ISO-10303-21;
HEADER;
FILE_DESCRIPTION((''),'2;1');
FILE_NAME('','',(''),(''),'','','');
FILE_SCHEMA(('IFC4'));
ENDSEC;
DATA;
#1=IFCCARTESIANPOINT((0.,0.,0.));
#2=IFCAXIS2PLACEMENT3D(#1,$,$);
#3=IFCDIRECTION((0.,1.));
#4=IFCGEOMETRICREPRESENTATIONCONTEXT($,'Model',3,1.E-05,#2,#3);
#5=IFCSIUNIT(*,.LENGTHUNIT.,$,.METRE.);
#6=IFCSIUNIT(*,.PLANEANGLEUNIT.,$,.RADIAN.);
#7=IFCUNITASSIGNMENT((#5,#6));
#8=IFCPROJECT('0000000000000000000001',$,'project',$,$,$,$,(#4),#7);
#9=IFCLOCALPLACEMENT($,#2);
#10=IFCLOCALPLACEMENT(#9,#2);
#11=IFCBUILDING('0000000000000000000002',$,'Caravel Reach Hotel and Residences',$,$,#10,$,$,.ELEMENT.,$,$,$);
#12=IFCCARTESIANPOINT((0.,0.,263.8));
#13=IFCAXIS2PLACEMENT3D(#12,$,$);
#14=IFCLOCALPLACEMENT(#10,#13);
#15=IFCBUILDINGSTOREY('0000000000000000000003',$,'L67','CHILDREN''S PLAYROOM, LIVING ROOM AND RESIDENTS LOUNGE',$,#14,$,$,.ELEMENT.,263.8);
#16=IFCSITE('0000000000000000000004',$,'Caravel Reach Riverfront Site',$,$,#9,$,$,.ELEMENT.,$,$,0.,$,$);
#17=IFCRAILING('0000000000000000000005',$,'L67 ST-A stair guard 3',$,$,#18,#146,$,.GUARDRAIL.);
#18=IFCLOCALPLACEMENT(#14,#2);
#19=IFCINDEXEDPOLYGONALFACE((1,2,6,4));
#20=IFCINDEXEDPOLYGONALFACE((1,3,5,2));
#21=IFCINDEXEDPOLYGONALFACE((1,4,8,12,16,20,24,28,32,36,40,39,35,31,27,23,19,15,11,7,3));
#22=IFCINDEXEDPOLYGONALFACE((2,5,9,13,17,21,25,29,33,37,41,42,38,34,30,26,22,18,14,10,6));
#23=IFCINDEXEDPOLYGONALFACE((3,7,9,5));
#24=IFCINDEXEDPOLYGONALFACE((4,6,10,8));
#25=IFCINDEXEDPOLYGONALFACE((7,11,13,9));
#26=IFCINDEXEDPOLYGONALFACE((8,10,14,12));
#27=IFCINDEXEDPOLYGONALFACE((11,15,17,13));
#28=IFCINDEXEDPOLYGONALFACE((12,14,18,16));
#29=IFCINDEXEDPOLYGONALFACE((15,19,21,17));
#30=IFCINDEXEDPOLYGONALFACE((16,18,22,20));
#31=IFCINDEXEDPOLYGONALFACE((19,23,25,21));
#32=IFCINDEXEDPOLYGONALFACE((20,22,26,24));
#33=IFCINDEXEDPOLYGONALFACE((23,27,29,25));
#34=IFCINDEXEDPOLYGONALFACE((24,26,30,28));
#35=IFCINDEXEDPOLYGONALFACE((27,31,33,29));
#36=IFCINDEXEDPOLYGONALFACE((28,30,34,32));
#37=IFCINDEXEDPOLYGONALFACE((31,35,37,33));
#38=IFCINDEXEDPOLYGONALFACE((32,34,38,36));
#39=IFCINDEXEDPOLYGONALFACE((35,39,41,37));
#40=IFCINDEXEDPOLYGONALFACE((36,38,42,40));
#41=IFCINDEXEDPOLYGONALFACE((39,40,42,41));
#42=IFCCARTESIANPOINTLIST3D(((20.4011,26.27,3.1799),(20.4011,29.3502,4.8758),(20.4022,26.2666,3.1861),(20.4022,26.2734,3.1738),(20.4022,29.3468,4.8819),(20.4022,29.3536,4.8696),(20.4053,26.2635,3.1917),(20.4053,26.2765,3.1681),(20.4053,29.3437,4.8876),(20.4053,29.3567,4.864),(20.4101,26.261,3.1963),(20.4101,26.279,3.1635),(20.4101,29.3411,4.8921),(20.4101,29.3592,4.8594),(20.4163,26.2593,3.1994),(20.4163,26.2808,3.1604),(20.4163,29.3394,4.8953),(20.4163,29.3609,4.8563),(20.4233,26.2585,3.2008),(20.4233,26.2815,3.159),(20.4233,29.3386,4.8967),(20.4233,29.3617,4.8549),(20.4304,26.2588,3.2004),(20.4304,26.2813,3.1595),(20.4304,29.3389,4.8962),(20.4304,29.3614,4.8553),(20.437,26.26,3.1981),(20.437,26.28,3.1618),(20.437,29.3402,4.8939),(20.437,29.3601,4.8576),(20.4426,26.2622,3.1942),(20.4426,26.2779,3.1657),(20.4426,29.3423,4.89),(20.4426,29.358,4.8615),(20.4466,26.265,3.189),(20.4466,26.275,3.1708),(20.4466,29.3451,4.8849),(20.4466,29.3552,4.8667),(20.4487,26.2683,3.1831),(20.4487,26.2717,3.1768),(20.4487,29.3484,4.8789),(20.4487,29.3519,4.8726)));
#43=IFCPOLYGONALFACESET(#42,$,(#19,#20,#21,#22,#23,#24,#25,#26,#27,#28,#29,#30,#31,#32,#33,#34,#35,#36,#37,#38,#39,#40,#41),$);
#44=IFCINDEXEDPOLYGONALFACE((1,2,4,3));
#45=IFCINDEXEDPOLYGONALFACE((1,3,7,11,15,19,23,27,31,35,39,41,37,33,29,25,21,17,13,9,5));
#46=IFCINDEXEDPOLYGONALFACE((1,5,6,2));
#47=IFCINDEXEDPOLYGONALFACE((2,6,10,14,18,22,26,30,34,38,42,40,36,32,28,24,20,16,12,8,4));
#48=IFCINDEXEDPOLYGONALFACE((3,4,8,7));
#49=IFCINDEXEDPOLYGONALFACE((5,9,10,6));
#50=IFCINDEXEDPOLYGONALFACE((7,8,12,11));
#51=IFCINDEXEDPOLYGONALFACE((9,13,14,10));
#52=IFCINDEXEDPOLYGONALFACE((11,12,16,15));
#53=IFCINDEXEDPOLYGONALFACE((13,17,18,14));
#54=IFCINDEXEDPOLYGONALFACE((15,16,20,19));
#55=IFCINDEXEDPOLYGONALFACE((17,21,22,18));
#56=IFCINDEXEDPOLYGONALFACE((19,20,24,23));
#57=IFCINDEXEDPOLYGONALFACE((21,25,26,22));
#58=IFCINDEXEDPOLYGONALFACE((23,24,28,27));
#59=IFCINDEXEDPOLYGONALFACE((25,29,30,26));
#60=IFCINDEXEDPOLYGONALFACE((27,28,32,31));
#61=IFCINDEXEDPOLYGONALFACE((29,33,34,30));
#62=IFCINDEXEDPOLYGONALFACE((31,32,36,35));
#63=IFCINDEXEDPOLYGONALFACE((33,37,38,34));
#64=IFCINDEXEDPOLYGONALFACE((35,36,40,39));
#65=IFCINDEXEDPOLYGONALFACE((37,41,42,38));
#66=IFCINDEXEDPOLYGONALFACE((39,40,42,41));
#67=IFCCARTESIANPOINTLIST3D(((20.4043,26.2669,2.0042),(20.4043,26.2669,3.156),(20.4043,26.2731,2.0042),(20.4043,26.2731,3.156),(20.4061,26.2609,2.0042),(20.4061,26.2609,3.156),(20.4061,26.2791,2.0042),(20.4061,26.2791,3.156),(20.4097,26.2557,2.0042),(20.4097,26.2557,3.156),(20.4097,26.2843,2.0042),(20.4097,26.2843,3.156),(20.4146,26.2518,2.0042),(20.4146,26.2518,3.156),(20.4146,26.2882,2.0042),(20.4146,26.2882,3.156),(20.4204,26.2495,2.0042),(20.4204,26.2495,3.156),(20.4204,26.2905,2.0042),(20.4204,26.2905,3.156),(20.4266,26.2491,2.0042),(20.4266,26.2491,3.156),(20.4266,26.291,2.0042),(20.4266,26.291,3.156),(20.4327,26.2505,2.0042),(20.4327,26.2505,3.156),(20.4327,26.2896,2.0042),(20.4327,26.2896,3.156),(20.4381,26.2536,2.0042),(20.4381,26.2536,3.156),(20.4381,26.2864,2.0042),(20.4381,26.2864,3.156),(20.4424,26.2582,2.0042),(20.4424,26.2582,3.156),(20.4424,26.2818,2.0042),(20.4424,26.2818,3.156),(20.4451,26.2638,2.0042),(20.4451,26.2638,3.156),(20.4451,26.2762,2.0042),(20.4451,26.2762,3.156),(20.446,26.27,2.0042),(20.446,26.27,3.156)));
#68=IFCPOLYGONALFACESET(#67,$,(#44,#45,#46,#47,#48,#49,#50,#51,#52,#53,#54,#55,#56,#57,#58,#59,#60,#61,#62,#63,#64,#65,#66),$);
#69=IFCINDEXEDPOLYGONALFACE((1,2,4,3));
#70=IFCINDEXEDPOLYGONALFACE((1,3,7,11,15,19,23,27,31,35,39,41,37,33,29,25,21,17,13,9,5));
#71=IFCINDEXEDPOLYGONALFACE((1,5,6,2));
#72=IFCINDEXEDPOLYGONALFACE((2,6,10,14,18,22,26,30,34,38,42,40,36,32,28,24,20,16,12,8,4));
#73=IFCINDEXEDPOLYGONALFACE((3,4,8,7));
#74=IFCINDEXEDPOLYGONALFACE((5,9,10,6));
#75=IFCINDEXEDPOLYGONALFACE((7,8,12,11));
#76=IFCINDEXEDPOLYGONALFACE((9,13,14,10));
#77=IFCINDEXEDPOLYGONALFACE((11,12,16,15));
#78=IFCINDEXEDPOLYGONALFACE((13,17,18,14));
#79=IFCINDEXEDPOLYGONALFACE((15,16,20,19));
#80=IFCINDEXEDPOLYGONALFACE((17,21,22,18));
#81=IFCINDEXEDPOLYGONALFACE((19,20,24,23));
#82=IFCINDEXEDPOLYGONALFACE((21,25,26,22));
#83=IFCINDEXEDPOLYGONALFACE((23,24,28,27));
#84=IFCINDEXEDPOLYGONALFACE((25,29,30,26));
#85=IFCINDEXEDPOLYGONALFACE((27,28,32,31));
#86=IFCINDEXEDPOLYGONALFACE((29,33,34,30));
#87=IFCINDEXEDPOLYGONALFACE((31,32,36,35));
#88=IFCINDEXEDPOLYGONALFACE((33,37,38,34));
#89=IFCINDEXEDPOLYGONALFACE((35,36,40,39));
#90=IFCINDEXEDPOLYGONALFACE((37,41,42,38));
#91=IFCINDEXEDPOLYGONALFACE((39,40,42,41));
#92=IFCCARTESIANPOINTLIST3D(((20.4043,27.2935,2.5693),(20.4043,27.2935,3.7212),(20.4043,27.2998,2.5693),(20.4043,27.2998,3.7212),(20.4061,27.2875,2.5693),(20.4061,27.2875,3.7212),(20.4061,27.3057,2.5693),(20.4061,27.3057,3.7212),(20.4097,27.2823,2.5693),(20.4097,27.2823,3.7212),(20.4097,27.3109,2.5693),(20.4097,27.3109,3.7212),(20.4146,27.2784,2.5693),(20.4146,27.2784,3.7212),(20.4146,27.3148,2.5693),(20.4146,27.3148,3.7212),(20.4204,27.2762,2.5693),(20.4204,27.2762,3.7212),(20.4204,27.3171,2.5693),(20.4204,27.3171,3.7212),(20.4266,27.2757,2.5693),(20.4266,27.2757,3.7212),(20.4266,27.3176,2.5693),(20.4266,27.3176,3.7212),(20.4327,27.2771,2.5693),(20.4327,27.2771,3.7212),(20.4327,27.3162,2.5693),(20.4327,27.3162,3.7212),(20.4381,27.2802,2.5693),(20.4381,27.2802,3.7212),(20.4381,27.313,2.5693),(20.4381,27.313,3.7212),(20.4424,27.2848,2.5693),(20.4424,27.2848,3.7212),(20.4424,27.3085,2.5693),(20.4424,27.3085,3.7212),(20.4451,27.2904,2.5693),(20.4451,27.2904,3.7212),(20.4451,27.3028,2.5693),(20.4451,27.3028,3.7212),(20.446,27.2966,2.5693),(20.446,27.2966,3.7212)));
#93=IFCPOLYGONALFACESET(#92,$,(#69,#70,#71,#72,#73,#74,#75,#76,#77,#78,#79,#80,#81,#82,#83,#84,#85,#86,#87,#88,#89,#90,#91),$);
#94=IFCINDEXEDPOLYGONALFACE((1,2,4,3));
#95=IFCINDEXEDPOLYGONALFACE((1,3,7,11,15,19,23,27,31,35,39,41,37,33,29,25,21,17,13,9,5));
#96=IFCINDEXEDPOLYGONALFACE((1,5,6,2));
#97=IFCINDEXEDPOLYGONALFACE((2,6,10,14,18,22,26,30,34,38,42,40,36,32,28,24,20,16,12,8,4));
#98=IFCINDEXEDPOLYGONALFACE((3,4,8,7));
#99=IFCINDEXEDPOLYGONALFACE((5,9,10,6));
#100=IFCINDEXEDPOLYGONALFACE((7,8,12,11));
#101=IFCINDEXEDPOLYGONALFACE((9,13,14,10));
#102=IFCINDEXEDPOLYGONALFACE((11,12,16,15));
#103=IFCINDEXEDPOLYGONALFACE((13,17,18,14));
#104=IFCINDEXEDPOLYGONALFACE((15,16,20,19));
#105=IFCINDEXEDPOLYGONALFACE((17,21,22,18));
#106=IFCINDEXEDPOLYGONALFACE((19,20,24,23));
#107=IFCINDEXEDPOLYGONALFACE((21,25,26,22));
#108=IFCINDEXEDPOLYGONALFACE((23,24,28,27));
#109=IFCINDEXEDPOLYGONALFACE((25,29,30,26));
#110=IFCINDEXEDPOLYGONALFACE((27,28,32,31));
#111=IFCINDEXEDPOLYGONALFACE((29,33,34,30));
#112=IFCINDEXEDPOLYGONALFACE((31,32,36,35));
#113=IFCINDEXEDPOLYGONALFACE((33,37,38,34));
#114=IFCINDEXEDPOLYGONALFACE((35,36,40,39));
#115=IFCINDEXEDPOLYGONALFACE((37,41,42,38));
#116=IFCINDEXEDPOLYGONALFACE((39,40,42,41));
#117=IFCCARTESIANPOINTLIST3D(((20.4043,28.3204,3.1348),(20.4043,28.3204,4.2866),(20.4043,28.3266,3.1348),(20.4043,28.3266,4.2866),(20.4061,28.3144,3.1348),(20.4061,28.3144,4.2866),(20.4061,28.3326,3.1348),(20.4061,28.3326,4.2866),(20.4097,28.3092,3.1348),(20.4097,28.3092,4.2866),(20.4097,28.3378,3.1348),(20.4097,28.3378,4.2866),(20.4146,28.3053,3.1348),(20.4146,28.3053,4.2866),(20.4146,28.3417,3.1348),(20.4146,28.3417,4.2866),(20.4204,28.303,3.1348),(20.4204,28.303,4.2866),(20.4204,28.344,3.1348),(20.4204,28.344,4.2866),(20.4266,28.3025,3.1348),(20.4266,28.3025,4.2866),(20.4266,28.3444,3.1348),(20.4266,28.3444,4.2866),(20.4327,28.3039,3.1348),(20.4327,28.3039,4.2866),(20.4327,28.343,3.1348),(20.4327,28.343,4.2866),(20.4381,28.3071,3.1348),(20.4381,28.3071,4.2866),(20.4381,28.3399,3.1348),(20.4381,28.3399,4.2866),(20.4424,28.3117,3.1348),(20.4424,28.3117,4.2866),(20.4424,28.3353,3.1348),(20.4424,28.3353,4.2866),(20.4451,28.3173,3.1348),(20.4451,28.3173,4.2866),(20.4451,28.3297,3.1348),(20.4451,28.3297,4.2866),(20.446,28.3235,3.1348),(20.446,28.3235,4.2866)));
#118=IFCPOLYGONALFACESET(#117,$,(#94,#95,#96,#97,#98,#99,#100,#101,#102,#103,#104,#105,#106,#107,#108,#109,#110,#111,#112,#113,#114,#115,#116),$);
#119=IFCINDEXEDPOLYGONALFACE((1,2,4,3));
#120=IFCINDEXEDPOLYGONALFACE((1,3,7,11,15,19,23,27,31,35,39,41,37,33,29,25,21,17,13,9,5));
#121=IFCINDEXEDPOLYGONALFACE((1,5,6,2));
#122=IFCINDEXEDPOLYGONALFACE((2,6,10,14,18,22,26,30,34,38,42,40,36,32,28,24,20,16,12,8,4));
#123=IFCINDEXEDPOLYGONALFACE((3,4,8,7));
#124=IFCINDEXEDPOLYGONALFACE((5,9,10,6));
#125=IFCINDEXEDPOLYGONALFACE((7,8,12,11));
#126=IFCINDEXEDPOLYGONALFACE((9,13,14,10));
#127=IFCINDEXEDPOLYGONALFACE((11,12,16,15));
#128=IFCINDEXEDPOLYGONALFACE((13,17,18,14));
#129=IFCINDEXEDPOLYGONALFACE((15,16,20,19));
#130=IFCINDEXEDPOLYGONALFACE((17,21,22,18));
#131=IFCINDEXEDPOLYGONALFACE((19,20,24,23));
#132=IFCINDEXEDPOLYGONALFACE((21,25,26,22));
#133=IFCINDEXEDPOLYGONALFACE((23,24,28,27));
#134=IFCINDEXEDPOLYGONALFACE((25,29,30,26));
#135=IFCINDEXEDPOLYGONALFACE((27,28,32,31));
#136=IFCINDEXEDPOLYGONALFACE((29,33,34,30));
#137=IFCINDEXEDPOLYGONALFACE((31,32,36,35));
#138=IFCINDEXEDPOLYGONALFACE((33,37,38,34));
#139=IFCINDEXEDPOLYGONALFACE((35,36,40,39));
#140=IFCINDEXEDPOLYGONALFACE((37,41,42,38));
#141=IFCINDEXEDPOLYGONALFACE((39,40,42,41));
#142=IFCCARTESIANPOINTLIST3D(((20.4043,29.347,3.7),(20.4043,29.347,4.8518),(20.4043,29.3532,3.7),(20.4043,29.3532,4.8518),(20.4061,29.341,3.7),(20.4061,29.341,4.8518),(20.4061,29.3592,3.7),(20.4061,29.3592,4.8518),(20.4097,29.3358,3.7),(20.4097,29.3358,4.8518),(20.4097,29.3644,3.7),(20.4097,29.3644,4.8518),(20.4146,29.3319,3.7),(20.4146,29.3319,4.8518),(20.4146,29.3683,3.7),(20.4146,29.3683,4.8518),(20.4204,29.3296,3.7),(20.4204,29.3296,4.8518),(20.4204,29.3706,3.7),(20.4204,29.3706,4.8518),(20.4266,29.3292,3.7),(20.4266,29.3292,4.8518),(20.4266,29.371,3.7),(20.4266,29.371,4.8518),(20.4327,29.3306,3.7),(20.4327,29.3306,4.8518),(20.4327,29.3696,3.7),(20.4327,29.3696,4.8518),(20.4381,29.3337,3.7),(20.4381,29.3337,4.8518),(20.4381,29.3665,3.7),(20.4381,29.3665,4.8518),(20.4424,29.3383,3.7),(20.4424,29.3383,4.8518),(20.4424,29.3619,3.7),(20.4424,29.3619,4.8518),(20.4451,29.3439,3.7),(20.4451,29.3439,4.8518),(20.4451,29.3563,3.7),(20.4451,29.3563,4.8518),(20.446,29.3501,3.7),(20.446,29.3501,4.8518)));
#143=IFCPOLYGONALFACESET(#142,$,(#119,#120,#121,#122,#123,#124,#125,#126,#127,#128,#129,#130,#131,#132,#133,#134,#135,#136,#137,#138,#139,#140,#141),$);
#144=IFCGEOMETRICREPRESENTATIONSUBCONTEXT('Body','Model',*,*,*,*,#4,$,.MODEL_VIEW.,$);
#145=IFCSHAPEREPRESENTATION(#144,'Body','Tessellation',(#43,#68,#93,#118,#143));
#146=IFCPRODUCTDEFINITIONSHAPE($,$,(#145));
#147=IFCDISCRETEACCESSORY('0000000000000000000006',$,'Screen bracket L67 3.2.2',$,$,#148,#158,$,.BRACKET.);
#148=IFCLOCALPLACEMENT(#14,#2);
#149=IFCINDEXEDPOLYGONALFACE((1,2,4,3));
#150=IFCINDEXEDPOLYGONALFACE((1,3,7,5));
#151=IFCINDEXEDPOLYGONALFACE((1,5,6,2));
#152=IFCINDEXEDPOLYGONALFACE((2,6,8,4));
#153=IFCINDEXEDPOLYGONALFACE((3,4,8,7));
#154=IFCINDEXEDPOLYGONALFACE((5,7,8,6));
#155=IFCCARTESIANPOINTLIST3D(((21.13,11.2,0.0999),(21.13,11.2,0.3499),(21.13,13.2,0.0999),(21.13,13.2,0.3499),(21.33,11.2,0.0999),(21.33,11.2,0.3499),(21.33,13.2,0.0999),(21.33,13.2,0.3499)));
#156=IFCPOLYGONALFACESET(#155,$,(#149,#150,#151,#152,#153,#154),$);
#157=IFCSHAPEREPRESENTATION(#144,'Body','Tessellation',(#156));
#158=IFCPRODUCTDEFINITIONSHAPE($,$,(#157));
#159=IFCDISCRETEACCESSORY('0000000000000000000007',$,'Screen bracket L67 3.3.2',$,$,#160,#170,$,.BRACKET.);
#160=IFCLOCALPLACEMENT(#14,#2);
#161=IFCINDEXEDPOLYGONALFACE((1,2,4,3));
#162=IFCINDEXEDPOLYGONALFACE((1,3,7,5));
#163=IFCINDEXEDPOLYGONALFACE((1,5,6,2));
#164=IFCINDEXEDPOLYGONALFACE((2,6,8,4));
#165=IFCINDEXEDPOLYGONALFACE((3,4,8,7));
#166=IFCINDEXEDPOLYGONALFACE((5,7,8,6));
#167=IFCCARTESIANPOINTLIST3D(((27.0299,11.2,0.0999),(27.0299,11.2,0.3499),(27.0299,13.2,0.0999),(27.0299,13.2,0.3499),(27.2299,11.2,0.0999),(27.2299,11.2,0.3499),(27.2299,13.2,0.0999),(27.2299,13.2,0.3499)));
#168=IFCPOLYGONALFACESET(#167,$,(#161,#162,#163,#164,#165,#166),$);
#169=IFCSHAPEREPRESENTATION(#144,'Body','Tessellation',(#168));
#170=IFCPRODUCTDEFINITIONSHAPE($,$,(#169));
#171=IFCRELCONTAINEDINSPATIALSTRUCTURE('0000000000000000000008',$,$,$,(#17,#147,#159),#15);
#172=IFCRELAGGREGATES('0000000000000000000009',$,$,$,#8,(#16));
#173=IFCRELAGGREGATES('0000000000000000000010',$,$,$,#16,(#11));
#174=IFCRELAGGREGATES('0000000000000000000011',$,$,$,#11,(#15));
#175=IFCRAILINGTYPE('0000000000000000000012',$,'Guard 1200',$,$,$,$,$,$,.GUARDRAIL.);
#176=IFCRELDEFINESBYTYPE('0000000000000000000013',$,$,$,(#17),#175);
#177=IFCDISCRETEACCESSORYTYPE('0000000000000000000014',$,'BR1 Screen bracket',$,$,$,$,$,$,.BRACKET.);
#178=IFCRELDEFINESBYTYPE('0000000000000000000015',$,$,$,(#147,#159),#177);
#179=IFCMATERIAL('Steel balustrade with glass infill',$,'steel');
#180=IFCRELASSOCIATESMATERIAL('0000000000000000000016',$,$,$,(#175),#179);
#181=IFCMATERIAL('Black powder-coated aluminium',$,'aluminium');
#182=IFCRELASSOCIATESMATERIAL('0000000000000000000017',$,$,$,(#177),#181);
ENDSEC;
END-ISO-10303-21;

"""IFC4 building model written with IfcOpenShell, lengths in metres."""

from ifc_helpers import new_model, si_unit, direction, frame, origin, origin_2d, place, context, subcontext, project, spatial, rectangle, circle, extrude, material, type_object, element, save


model = new_model("IFC4")

# Units and contexts
model_context = context("Model", 3, precision=1e-05, world=origin(), true_north=direction((0.0, 1.0)))
body_context = subcontext(model_context, "Body", "Model", "MODEL_VIEW")
ifc_project = project(units=[si_unit("LENGTHUNIT", "METRE"), si_unit("PLANEANGLEUNIT", "RADIAN")], contexts=[model_context])

# Site, building, storey
site_placement = place(None, origin())
site = spatial("IfcSite", under=ifc_project, at=site_placement, Name="Caravel Reach Riverfront Site", CompositionType="ELEMENT", RefElevation=0.0)
building_placement = place(site_placement, origin())
building = spatial("IfcBuilding", under=site, at=building_placement, Name="Caravel Reach Hotel and Residences", CompositionType="ELEMENT")
storey_placement = place(building_placement, frame((0.0, 0.0, 263.8)))
storey = spatial("IfcBuildingStorey", under=building, at=storey_placement, Name="L67", Description="CHILDREN'S PLAYROOM, LIVING ROOM AND RESIDENTS LOUNGE", CompositionType="ELEMENT", Elevation=263.8)

# Railing
ifc_material_1 = material(Name="Steel balustrade with glass infill", Category="steel")
railing_type = type_object("IfcRailingType", Name="Guard 1200", PredefinedType="GUARDRAIL", material=ifc_material_1)
railing_1_placement = place(storey_placement, frame((20.425, 26.27, 2.0042)))
element("IfcRailing", 1, at=railing_1_placement, inside=storey, type_object=railing_type, Name="L67 ST-A stair guard 3", PredefinedType="GUARDRAIL", context=body_context, shape_type="SweptSolid", body=[
    extrude(circle(Radius=0.0239, at=origin_2d()), frame((0.0, 0.0, 1.1758), z_axis=(0.0, 0.876005, 0.482303), x_axis=(-1.0, 0.0, 0.0)), (0.0, 0.0, 1.0), 3.5161),
    extrude(circle(Radius=0.021, at=origin_2d()), origin(), (0.0, 0.0, 1.0), 1.1519),
    extrude(circle(Radius=0.021, at=origin_2d()), frame((0.0, 1.0266, 0.5652)), (0.0, 0.0, 1.0), 1.1519),
    extrude(circle(Radius=0.021, at=origin_2d()), frame((0.0, 2.0535, 1.1306)), (0.0, 0.0, 1.0), 1.1519),
    extrude(circle(Radius=0.021, at=origin_2d()), frame((0.0, 3.0801, 1.6958)), (0.0, 0.0, 1.0), 1.1519),
])

# Discrete accessories
ifc_material_2 = material(Name="Black powder-coated aluminium", Category="aluminium")
discrete_accessory_type = type_object("IfcDiscreteAccessoryType", Name="BR1 Screen bracket", PredefinedType="BRACKET", material=ifc_material_2)
for number, where, z_axis, x_axis, name in (
    (2, (21.23, 12.2, 0.0999), (0.0, 0.0, 1.0), (0.0, -1.0, 0.0), "Screen bracket L67 3.2.2"),
    (3, (27.1299, 12.2, 0.0999), (0.0, 0.0, 1.0), (0.0, -1.0, 0.0), "Screen bracket L67 3.3.2"),
):
    element("IfcDiscreteAccessory", number, at=place(storey_placement, frame(where, z_axis=z_axis, x_axis=x_axis)), inside=storey, type_object=discrete_accessory_type, Name=name, PredefinedType="BRACKET", context=body_context, shape_type="SweptSolid", body=[
        extrude(rectangle(XDim=2.0, YDim=0.2, at=origin_2d()), origin(), (0.0, 0.0, 1.0), 0.25),
    ])

save(model, "model.ifc")
